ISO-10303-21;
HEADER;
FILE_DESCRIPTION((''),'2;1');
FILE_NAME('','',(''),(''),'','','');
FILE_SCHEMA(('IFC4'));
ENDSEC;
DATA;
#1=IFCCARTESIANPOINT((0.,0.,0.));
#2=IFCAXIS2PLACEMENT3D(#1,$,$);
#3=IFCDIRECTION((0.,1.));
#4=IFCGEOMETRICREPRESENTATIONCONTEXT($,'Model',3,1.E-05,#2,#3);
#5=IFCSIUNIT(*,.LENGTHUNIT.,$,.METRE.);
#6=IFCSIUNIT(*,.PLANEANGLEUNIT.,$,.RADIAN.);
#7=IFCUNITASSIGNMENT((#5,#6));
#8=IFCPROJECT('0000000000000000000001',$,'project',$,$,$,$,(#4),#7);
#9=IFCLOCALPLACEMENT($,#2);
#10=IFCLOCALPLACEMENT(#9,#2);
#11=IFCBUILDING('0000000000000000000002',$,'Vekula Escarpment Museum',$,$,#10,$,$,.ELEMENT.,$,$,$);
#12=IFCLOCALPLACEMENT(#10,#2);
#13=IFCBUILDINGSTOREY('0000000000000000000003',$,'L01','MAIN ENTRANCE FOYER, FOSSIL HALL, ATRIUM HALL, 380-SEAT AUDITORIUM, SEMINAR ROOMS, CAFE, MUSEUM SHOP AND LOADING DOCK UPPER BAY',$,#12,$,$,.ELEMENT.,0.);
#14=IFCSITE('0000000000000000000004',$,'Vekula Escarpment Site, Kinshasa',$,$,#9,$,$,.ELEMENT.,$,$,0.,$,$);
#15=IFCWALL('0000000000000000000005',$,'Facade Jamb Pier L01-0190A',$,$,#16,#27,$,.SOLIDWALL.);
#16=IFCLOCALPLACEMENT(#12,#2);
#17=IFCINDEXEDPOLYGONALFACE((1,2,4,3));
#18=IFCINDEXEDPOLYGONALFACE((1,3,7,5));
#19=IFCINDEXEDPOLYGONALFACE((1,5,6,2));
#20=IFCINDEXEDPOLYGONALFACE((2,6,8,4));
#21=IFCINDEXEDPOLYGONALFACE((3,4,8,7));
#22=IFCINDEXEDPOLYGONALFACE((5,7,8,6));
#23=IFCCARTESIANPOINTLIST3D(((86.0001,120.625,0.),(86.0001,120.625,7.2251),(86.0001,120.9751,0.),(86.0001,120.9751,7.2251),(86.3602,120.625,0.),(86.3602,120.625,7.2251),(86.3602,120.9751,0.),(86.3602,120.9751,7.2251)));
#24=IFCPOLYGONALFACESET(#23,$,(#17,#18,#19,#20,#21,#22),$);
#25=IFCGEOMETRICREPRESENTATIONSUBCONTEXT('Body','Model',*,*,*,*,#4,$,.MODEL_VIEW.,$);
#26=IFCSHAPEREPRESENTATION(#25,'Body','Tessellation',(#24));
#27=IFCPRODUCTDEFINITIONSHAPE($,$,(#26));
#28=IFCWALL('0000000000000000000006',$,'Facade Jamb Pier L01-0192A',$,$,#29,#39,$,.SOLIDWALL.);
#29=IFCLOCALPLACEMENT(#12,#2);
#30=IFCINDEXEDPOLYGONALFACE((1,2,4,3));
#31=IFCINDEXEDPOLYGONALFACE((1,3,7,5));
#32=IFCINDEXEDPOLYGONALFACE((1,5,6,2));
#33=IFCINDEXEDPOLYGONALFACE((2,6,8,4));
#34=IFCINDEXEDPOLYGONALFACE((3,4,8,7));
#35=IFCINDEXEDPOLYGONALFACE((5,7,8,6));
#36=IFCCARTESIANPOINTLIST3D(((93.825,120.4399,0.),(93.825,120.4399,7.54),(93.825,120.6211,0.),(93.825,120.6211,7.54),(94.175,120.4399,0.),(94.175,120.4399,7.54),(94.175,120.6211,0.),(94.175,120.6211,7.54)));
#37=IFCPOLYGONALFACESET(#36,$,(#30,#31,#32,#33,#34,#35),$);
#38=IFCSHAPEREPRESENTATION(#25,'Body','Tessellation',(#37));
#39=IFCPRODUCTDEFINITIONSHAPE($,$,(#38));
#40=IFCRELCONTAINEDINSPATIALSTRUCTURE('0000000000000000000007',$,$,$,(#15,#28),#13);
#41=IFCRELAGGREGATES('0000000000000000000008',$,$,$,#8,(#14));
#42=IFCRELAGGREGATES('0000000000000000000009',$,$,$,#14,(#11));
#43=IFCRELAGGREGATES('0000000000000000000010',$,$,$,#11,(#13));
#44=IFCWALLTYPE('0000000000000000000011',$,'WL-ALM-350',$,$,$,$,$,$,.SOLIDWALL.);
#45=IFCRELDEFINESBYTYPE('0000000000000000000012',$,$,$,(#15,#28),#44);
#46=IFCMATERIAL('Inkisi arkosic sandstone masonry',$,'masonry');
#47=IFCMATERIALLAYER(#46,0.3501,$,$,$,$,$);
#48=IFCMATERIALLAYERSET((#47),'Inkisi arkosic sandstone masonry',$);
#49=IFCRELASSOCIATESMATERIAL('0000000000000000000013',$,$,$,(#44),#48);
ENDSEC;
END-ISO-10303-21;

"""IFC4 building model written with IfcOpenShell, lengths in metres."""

from ifc_helpers import new_model, si_unit, direction, frame, frame_2d, origin, place, context, subcontext, project, spatial, rectangle, extrude, material, layer, layer_set, type_object, element, save


model = new_model("IFC4")

# Units and contexts
model_context = context("Model", 3, precision=1e-05, world=origin(), true_north=direction((0.0, 1.0)))
body_context = subcontext(model_context, "Body", "Model", "MODEL_VIEW")
ifc_project = project(units=[si_unit("LENGTHUNIT", "METRE"), si_unit("PLANEANGLEUNIT", "RADIAN")], contexts=[model_context])

# Site, building, storey
site_placement = place(None, origin())
site = spatial("IfcSite", under=ifc_project, at=site_placement, Name="Vekula Escarpment Site, Kinshasa", CompositionType="ELEMENT", RefElevation=0.0)
building_placement = place(site_placement, origin())
building = spatial("IfcBuilding", under=site, at=building_placement, Name="Vekula Escarpment Museum", CompositionType="ELEMENT")
storey_placement = place(building_placement, origin())
storey = spatial("IfcBuildingStorey", under=building, at=storey_placement, Name="L01", Description="MAIN ENTRANCE FOYER, FOSSIL HALL, ATRIUM HALL, 380-SEAT AUDITORIUM, SEMINAR ROOMS, CAFE, MUSEUM SHOP AND LOADING DOCK UPPER BAY", CompositionType="ELEMENT", Elevation=0.0)

# Walls
ifc_material_1 = material(Name="Inkisi arkosic sandstone masonry", Category="masonry")
ifc_layer_1 = layer(ifc_material_1, 0.3501)
ifc_layer_set_1 = layer_set([ifc_layer_1], Name="Inkisi arkosic sandstone masonry")
wall_type = type_object("IfcWallType", Name="WL-ALM-350", PredefinedType="SOLIDWALL", material=ifc_layer_set_1)
wall_1_placement = place(storey_placement, frame((86.0, 120.8, 0.0), z_axis=(0.0, 0.0, 1.0), x_axis=(1.0, 0.0, 0.0)))
element("IfcWall", 1, at=wall_1_placement, inside=storey, type_object=wall_type, Name="Facade Jamb Pier L01-0190A", PredefinedType="SOLIDWALL", context=body_context, shape_type="SweptSolid", body=[
    extrude(rectangle(XDim=0.3601, YDim=0.3501, at=frame_2d((0.1802, 0.0))), origin(), (0.0, 0.0, 1.0), 7.2251),
])
wall_2_placement = place(storey_placement, frame((94.0, 120.6211, 0.0), z_axis=(0.0, 0.0, 1.0), x_axis=(0.0, -1.0, 0.0)))
element("IfcWall", 2, at=wall_2_placement, inside=storey, type_object=wall_type, Name="Facade Jamb Pier L01-0192A", PredefinedType="SOLIDWALL", context=body_context, shape_type="SweptSolid", body=[
    extrude(rectangle(XDim=0.1812, YDim=0.3501, at=frame_2d((0.0906, 0.0))), origin(), (0.0, 0.0, 1.0), 7.54),
])

save(model, "model.ifc")
